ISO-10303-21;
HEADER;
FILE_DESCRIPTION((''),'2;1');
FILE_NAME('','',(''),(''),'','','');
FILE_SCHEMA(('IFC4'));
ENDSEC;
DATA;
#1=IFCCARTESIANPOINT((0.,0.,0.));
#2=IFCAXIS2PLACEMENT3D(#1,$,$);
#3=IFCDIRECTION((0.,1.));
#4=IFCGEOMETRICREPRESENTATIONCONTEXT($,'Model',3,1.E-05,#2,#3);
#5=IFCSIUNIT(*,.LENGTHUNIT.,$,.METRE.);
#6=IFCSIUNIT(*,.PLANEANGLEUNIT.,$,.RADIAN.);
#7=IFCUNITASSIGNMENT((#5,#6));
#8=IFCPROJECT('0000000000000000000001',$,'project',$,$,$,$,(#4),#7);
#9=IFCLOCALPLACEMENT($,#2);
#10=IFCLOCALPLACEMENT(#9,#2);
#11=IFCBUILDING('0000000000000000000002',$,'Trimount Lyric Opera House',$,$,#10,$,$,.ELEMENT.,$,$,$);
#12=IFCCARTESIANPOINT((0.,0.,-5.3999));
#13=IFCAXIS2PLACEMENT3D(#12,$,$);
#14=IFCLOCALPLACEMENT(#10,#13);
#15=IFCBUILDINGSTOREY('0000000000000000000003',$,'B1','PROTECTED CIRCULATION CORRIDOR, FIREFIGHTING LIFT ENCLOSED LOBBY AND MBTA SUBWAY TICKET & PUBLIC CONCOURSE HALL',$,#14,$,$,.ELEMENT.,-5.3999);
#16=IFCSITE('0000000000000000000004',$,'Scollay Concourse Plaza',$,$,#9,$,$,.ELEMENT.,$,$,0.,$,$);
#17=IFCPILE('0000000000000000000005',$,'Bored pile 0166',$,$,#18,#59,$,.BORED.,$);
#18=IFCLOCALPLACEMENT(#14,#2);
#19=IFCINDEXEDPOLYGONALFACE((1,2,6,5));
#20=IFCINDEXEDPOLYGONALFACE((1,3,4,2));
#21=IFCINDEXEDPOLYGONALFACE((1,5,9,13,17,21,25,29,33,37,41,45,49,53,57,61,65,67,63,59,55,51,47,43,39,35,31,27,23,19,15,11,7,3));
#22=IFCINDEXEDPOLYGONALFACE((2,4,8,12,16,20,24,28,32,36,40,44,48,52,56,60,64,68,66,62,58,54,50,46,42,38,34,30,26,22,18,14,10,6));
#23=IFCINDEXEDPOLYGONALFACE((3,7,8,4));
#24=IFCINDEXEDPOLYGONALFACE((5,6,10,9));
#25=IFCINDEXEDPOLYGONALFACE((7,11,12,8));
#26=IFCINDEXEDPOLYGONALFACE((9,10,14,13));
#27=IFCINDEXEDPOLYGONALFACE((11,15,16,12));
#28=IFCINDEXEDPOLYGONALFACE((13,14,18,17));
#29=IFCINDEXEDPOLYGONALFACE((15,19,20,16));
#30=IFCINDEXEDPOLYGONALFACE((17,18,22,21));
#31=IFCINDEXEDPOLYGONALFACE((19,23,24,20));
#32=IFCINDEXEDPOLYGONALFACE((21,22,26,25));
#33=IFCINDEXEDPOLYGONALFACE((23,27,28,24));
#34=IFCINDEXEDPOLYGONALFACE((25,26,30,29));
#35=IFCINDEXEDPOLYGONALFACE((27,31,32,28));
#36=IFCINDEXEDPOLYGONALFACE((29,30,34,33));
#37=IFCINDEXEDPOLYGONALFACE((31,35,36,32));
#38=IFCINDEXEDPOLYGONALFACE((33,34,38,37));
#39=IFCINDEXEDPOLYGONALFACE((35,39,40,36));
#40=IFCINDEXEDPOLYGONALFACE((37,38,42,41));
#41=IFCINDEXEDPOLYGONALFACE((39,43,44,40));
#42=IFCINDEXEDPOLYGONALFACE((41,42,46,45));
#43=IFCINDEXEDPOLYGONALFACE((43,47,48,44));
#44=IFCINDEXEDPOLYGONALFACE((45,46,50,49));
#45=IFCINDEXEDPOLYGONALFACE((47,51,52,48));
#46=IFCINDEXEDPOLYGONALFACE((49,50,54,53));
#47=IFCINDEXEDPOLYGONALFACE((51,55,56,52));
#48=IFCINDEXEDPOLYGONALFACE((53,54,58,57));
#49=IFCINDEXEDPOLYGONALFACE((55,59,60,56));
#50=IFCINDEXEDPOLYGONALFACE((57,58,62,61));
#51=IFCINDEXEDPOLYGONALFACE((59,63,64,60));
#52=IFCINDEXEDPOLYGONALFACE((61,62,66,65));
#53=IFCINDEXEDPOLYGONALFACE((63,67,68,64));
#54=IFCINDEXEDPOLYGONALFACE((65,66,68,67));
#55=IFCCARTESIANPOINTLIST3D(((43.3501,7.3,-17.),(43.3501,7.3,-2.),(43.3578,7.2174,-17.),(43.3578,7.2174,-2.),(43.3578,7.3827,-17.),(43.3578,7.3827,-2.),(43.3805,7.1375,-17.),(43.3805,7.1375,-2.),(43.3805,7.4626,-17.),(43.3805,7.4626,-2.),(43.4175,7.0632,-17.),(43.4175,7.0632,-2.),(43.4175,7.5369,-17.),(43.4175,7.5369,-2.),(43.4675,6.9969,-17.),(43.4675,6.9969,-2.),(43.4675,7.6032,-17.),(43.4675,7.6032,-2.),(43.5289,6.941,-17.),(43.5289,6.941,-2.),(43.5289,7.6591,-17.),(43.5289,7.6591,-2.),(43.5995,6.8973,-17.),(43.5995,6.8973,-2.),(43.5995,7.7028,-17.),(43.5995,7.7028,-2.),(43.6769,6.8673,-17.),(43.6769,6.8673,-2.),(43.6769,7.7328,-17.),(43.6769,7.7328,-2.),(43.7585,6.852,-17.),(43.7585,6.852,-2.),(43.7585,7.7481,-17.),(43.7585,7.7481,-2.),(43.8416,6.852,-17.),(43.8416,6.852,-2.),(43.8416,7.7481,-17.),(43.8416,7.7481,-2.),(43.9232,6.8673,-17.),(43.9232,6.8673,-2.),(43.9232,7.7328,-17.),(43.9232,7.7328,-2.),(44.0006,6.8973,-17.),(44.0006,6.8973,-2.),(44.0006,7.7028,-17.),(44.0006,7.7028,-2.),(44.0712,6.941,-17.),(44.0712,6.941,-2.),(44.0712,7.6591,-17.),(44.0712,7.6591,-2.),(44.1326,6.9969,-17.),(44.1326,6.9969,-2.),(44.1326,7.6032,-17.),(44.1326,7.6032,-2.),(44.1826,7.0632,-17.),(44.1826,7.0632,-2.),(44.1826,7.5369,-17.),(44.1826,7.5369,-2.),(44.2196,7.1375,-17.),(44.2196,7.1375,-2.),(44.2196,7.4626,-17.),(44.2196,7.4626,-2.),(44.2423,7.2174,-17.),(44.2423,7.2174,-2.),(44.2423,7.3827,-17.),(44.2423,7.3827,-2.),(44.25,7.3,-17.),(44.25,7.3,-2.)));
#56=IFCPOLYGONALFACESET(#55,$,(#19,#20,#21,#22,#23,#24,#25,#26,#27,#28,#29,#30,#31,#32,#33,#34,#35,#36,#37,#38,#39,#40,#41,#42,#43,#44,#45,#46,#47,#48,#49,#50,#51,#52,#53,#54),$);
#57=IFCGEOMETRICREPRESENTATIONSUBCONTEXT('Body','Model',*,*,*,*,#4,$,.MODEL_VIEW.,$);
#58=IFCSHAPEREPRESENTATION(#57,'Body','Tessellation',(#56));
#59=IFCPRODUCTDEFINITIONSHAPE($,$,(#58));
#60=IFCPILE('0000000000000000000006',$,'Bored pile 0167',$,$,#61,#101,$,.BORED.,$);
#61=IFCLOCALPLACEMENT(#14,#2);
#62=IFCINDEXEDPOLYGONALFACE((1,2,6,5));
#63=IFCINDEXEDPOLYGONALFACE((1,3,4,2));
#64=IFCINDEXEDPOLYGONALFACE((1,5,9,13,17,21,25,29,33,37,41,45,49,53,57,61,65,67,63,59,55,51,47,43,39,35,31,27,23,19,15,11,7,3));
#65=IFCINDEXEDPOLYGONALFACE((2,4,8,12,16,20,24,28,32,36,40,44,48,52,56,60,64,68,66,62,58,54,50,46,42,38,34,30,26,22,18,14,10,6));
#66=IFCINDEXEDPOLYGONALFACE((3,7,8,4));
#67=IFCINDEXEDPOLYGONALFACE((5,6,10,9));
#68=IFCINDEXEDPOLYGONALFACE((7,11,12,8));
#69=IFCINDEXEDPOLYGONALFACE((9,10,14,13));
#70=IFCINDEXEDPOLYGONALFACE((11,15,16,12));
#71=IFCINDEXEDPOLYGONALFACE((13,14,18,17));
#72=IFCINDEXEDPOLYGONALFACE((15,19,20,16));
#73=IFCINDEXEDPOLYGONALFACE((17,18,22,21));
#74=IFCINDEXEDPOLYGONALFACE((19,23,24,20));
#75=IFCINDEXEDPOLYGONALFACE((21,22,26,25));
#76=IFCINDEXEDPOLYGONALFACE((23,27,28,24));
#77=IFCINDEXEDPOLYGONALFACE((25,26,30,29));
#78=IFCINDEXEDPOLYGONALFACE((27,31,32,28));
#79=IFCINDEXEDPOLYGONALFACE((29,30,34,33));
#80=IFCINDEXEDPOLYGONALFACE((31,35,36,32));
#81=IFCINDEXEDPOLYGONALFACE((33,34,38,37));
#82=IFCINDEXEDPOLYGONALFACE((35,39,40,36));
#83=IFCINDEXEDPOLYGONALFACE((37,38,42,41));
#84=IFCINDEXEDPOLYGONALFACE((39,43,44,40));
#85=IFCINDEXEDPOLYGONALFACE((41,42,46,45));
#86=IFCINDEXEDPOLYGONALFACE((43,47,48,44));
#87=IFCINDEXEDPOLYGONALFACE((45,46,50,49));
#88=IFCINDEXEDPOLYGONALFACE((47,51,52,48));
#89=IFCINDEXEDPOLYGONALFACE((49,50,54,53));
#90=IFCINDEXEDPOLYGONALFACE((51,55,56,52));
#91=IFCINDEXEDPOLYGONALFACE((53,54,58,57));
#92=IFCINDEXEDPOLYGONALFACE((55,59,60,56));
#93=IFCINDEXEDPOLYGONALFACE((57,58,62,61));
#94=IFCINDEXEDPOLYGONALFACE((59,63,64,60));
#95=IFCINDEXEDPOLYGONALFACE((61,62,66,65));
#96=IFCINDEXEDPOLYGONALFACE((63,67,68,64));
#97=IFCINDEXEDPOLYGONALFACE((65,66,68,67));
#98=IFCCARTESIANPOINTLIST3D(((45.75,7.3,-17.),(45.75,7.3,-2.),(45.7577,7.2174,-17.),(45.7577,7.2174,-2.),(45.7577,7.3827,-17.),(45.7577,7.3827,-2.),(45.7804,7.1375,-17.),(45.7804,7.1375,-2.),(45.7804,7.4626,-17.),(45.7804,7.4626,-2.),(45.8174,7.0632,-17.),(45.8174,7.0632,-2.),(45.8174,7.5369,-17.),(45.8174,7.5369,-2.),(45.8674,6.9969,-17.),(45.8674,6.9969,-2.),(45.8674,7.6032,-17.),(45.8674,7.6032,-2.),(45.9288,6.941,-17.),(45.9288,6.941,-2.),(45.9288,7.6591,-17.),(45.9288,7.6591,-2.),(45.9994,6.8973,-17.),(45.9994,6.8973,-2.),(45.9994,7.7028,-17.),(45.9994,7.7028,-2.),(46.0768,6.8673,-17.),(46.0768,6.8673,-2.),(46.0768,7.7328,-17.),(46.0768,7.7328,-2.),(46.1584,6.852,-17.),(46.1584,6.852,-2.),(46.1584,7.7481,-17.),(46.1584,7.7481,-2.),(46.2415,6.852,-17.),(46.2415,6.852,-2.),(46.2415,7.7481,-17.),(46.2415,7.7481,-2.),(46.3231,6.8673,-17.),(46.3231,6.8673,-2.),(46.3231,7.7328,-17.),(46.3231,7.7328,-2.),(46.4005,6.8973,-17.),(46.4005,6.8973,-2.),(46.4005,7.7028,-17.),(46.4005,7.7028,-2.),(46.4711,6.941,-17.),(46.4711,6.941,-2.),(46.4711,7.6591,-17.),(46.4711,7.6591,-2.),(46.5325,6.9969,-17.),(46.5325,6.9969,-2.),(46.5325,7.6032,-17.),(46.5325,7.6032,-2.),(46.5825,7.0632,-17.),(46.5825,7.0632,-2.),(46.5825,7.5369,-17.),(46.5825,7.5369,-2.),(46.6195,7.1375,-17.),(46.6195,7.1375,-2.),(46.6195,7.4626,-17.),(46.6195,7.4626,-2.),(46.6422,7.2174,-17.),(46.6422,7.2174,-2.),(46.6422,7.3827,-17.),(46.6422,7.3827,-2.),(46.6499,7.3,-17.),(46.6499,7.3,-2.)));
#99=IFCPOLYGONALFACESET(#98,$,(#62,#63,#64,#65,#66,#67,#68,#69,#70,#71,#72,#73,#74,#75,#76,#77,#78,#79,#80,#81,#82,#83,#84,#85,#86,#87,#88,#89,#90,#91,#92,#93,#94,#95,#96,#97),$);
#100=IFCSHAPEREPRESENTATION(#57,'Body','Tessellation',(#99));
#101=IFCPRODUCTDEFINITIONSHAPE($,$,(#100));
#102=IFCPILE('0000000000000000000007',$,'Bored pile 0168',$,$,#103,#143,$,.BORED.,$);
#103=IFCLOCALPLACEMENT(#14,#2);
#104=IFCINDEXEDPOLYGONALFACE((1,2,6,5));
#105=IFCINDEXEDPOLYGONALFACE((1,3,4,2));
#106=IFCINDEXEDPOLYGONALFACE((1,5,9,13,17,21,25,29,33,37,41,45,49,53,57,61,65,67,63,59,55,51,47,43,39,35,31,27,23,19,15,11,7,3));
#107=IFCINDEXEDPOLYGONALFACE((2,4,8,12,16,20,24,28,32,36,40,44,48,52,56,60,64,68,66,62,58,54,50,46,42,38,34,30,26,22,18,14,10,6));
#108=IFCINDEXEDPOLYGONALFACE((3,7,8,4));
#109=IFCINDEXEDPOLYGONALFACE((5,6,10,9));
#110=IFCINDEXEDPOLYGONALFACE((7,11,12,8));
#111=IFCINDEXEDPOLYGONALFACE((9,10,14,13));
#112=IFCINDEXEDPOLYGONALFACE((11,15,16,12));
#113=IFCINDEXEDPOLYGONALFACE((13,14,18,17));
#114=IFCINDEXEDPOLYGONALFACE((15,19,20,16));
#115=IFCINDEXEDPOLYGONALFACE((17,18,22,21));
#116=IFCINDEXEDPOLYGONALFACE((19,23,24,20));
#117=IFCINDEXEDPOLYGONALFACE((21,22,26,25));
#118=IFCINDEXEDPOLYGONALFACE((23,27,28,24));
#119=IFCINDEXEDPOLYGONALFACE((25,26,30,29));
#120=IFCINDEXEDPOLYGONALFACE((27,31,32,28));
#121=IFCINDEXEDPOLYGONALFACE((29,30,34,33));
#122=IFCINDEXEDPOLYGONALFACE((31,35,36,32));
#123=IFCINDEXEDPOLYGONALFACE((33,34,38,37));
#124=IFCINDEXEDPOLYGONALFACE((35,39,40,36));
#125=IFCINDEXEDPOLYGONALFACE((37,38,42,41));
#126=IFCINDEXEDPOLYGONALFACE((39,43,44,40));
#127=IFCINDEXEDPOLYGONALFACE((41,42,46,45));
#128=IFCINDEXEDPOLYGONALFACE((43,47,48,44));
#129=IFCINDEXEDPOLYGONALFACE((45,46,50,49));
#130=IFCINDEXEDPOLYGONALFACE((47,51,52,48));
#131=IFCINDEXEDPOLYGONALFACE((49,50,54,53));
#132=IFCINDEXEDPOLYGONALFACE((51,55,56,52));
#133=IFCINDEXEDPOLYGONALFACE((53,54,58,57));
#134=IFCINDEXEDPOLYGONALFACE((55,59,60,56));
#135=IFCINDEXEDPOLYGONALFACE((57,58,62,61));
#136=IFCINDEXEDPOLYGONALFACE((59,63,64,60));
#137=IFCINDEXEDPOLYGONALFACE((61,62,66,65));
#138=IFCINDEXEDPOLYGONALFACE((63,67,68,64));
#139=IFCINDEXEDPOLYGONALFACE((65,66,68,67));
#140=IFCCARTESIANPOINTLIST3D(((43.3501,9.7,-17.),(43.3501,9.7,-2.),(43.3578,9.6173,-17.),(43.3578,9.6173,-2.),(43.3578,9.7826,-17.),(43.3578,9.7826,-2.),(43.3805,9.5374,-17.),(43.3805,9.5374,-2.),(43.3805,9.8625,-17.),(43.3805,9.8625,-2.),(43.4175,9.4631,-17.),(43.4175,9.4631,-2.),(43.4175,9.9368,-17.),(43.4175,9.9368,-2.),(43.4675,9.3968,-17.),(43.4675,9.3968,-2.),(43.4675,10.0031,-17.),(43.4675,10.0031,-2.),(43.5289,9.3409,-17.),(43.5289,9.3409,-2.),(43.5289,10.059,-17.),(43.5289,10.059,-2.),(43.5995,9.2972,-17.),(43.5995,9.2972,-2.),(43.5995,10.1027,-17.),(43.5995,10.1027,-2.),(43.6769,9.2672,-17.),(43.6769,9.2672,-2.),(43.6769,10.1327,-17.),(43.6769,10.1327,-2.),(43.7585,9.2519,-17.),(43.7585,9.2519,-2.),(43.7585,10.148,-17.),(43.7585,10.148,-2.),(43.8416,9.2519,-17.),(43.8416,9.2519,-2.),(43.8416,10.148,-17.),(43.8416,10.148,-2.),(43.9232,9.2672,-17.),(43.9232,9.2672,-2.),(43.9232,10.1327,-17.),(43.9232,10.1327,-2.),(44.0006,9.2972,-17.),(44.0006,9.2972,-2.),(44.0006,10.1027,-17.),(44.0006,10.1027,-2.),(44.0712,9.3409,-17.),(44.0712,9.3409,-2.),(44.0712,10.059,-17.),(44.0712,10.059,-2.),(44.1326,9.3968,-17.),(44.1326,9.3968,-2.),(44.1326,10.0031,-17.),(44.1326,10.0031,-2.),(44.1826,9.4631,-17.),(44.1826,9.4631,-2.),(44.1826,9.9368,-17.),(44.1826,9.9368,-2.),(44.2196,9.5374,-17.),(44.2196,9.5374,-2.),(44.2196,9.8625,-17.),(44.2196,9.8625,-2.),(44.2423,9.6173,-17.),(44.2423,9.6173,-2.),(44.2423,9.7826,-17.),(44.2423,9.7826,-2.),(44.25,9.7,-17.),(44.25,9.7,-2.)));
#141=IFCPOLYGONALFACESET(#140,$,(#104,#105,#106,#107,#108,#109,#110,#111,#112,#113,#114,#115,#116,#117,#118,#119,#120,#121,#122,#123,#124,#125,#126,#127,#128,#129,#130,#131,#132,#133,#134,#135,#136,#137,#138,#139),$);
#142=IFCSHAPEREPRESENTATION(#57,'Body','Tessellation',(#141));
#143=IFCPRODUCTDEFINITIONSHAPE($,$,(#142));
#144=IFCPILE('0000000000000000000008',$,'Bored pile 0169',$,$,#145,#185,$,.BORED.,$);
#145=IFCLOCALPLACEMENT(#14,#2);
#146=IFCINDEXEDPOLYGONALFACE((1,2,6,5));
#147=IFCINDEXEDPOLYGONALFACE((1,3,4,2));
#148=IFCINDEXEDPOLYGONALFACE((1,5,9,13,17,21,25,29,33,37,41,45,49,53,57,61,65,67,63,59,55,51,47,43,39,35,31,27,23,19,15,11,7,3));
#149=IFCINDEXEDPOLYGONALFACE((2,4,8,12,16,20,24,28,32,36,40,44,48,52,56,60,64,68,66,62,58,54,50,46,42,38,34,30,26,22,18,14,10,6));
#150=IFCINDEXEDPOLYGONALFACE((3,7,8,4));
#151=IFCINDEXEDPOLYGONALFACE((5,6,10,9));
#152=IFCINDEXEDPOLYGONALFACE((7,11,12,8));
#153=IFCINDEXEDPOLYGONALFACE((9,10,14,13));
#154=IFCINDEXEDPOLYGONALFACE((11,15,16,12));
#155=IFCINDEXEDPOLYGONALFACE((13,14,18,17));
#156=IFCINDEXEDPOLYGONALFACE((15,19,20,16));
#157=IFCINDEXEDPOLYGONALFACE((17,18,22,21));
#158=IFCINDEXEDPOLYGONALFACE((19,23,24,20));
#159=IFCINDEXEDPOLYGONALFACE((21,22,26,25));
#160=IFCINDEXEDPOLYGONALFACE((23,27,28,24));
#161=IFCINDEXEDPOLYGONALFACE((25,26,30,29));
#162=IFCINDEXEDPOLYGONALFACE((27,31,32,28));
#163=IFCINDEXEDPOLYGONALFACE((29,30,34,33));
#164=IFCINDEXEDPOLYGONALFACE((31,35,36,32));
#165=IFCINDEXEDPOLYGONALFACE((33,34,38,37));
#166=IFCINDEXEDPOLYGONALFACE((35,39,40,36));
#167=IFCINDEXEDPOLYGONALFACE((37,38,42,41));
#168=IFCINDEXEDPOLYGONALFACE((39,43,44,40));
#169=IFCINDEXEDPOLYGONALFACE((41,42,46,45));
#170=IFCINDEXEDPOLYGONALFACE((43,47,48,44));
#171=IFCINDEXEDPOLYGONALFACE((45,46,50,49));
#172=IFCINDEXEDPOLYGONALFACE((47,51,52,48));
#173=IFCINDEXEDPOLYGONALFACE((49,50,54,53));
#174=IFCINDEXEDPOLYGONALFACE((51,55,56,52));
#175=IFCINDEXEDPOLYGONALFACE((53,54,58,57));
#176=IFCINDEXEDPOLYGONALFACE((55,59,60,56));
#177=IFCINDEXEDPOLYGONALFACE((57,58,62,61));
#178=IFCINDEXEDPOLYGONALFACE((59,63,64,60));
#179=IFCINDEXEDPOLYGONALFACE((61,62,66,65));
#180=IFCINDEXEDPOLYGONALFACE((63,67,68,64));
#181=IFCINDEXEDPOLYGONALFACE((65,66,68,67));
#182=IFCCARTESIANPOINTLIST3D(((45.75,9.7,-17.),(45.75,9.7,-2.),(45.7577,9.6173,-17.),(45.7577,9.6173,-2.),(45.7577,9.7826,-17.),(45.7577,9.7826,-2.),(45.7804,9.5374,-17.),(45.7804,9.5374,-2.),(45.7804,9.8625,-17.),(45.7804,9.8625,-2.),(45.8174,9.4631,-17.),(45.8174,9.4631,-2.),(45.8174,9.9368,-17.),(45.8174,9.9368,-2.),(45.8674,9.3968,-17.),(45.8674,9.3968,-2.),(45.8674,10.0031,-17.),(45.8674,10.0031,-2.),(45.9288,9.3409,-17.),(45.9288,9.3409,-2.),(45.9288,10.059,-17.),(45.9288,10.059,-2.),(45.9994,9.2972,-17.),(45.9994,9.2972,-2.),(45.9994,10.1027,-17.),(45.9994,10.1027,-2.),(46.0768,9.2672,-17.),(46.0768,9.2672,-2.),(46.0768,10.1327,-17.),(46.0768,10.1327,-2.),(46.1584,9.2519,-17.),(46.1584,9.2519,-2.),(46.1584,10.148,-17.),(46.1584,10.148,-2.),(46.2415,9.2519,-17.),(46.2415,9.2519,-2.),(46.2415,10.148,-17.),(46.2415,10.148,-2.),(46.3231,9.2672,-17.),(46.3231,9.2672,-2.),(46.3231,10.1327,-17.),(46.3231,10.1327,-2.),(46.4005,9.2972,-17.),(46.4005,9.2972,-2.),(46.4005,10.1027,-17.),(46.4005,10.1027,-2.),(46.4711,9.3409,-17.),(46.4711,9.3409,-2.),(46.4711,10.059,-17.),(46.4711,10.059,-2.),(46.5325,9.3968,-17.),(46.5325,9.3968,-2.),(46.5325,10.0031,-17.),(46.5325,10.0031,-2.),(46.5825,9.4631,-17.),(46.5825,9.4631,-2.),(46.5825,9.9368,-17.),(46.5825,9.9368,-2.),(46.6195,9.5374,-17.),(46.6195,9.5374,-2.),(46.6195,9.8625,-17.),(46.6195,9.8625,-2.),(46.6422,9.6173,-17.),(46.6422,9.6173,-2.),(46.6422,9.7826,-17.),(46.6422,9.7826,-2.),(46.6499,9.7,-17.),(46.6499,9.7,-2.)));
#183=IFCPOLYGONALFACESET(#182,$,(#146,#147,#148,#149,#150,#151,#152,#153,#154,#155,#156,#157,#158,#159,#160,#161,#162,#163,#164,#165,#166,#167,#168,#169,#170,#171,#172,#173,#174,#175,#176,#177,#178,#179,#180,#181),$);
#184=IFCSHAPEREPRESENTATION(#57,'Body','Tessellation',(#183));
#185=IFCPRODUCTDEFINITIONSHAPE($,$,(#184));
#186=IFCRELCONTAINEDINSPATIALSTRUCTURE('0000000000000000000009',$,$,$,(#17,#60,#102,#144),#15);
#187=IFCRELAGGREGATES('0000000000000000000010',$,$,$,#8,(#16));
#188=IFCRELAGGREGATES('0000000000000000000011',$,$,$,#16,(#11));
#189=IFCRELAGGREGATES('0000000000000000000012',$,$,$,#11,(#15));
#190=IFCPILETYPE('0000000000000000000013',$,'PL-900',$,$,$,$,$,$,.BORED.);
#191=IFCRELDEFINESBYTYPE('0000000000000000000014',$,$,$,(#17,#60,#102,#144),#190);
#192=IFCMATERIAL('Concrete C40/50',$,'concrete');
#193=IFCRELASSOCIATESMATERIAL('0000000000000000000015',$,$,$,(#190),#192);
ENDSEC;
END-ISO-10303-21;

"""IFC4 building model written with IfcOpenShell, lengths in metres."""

from ifc_helpers import new_model, si_unit, direction, frame, origin, origin_2d, place, context, subcontext, project, spatial, circle, extrude, material, material_profile, profile_set, type_object, element, save


model = new_model("IFC4")

# Units and contexts
model_context = context("Model", 3, precision=1e-05, world=origin(), true_north=direction((0.0, 1.0)))
body_context = subcontext(model_context, "Body", "Model", "MODEL_VIEW")
ifc_project = project(units=[si_unit("LENGTHUNIT", "METRE"), si_unit("PLANEANGLEUNIT", "RADIAN")], contexts=[model_context])

# Site, building, storey
site_placement = place(None, origin())
site = spatial("IfcSite", under=ifc_project, at=site_placement, Name="Scollay Concourse Plaza", CompositionType="ELEMENT", RefElevation=0.0)
building_placement = place(site_placement, origin())
building = spatial("IfcBuilding", under=site, at=building_placement, Name="Trimount Lyric Opera House", CompositionType="ELEMENT")
storey_placement = place(building_placement, frame((0.0, 0.0, -5.3999)))
storey = spatial("IfcBuildingStorey", under=building, at=storey_placement, Name="B1", Description="PROTECTED CIRCULATION CORRIDOR, FIREFIGHTING LIFT ENCLOSED LOBBY AND MBTA SUBWAY TICKET & PUBLIC CONCOURSE HALL", CompositionType="ELEMENT", Elevation=-5.3999)

# Piles
ifc_material_1 = material(Name="Concrete C40/50", Category="concrete")
ifc_material_profile_1 = material_profile(ifc_material_1, circle(Radius=0.45, at=origin_2d()), Name="PILE-D900")
ifc_profile_set_1 = profile_set([ifc_material_profile_1], Name="Concrete C40/50")
pile_type_1 = type_object("IfcPileType", Name="PL-900", PredefinedType="BORED", material=ifc_profile_set_1)
for number, where, z_axis, x_axis, name in (
    (1, (43.8, 7.3, -2.0), (0.0, 0.0, -1.0), (1.0, 0.0, 0.0), "Bored pile 0166"),
    (2, (46.2, 7.3, -2.0), (0.0, 0.0, -1.0), (1.0, 0.0, 0.0), "Bored pile 0167"),
    (3, (43.8, 9.7, -2.0), (0.0, 0.0, -1.0), (1.0, 0.0, 0.0), "Bored pile 0168"),
    (4, (46.2, 9.7, -2.0), (0.0, 0.0, -1.0), (1.0, 0.0, 0.0), "Bored pile 0169"),
):
    element("IfcPile", number, at=place(storey_placement, frame(where, z_axis=z_axis, x_axis=x_axis)), inside=storey, type_object=pile_type_1, Name=name, PredefinedType="BORED", context=body_context, shape_type="SweptSolid", body=[
        extrude(circle(Radius=0.45, at=origin_2d()), origin(), (0.0, 0.0, 1.0), 15.0),
    ])

save(model, "model.ifc")
